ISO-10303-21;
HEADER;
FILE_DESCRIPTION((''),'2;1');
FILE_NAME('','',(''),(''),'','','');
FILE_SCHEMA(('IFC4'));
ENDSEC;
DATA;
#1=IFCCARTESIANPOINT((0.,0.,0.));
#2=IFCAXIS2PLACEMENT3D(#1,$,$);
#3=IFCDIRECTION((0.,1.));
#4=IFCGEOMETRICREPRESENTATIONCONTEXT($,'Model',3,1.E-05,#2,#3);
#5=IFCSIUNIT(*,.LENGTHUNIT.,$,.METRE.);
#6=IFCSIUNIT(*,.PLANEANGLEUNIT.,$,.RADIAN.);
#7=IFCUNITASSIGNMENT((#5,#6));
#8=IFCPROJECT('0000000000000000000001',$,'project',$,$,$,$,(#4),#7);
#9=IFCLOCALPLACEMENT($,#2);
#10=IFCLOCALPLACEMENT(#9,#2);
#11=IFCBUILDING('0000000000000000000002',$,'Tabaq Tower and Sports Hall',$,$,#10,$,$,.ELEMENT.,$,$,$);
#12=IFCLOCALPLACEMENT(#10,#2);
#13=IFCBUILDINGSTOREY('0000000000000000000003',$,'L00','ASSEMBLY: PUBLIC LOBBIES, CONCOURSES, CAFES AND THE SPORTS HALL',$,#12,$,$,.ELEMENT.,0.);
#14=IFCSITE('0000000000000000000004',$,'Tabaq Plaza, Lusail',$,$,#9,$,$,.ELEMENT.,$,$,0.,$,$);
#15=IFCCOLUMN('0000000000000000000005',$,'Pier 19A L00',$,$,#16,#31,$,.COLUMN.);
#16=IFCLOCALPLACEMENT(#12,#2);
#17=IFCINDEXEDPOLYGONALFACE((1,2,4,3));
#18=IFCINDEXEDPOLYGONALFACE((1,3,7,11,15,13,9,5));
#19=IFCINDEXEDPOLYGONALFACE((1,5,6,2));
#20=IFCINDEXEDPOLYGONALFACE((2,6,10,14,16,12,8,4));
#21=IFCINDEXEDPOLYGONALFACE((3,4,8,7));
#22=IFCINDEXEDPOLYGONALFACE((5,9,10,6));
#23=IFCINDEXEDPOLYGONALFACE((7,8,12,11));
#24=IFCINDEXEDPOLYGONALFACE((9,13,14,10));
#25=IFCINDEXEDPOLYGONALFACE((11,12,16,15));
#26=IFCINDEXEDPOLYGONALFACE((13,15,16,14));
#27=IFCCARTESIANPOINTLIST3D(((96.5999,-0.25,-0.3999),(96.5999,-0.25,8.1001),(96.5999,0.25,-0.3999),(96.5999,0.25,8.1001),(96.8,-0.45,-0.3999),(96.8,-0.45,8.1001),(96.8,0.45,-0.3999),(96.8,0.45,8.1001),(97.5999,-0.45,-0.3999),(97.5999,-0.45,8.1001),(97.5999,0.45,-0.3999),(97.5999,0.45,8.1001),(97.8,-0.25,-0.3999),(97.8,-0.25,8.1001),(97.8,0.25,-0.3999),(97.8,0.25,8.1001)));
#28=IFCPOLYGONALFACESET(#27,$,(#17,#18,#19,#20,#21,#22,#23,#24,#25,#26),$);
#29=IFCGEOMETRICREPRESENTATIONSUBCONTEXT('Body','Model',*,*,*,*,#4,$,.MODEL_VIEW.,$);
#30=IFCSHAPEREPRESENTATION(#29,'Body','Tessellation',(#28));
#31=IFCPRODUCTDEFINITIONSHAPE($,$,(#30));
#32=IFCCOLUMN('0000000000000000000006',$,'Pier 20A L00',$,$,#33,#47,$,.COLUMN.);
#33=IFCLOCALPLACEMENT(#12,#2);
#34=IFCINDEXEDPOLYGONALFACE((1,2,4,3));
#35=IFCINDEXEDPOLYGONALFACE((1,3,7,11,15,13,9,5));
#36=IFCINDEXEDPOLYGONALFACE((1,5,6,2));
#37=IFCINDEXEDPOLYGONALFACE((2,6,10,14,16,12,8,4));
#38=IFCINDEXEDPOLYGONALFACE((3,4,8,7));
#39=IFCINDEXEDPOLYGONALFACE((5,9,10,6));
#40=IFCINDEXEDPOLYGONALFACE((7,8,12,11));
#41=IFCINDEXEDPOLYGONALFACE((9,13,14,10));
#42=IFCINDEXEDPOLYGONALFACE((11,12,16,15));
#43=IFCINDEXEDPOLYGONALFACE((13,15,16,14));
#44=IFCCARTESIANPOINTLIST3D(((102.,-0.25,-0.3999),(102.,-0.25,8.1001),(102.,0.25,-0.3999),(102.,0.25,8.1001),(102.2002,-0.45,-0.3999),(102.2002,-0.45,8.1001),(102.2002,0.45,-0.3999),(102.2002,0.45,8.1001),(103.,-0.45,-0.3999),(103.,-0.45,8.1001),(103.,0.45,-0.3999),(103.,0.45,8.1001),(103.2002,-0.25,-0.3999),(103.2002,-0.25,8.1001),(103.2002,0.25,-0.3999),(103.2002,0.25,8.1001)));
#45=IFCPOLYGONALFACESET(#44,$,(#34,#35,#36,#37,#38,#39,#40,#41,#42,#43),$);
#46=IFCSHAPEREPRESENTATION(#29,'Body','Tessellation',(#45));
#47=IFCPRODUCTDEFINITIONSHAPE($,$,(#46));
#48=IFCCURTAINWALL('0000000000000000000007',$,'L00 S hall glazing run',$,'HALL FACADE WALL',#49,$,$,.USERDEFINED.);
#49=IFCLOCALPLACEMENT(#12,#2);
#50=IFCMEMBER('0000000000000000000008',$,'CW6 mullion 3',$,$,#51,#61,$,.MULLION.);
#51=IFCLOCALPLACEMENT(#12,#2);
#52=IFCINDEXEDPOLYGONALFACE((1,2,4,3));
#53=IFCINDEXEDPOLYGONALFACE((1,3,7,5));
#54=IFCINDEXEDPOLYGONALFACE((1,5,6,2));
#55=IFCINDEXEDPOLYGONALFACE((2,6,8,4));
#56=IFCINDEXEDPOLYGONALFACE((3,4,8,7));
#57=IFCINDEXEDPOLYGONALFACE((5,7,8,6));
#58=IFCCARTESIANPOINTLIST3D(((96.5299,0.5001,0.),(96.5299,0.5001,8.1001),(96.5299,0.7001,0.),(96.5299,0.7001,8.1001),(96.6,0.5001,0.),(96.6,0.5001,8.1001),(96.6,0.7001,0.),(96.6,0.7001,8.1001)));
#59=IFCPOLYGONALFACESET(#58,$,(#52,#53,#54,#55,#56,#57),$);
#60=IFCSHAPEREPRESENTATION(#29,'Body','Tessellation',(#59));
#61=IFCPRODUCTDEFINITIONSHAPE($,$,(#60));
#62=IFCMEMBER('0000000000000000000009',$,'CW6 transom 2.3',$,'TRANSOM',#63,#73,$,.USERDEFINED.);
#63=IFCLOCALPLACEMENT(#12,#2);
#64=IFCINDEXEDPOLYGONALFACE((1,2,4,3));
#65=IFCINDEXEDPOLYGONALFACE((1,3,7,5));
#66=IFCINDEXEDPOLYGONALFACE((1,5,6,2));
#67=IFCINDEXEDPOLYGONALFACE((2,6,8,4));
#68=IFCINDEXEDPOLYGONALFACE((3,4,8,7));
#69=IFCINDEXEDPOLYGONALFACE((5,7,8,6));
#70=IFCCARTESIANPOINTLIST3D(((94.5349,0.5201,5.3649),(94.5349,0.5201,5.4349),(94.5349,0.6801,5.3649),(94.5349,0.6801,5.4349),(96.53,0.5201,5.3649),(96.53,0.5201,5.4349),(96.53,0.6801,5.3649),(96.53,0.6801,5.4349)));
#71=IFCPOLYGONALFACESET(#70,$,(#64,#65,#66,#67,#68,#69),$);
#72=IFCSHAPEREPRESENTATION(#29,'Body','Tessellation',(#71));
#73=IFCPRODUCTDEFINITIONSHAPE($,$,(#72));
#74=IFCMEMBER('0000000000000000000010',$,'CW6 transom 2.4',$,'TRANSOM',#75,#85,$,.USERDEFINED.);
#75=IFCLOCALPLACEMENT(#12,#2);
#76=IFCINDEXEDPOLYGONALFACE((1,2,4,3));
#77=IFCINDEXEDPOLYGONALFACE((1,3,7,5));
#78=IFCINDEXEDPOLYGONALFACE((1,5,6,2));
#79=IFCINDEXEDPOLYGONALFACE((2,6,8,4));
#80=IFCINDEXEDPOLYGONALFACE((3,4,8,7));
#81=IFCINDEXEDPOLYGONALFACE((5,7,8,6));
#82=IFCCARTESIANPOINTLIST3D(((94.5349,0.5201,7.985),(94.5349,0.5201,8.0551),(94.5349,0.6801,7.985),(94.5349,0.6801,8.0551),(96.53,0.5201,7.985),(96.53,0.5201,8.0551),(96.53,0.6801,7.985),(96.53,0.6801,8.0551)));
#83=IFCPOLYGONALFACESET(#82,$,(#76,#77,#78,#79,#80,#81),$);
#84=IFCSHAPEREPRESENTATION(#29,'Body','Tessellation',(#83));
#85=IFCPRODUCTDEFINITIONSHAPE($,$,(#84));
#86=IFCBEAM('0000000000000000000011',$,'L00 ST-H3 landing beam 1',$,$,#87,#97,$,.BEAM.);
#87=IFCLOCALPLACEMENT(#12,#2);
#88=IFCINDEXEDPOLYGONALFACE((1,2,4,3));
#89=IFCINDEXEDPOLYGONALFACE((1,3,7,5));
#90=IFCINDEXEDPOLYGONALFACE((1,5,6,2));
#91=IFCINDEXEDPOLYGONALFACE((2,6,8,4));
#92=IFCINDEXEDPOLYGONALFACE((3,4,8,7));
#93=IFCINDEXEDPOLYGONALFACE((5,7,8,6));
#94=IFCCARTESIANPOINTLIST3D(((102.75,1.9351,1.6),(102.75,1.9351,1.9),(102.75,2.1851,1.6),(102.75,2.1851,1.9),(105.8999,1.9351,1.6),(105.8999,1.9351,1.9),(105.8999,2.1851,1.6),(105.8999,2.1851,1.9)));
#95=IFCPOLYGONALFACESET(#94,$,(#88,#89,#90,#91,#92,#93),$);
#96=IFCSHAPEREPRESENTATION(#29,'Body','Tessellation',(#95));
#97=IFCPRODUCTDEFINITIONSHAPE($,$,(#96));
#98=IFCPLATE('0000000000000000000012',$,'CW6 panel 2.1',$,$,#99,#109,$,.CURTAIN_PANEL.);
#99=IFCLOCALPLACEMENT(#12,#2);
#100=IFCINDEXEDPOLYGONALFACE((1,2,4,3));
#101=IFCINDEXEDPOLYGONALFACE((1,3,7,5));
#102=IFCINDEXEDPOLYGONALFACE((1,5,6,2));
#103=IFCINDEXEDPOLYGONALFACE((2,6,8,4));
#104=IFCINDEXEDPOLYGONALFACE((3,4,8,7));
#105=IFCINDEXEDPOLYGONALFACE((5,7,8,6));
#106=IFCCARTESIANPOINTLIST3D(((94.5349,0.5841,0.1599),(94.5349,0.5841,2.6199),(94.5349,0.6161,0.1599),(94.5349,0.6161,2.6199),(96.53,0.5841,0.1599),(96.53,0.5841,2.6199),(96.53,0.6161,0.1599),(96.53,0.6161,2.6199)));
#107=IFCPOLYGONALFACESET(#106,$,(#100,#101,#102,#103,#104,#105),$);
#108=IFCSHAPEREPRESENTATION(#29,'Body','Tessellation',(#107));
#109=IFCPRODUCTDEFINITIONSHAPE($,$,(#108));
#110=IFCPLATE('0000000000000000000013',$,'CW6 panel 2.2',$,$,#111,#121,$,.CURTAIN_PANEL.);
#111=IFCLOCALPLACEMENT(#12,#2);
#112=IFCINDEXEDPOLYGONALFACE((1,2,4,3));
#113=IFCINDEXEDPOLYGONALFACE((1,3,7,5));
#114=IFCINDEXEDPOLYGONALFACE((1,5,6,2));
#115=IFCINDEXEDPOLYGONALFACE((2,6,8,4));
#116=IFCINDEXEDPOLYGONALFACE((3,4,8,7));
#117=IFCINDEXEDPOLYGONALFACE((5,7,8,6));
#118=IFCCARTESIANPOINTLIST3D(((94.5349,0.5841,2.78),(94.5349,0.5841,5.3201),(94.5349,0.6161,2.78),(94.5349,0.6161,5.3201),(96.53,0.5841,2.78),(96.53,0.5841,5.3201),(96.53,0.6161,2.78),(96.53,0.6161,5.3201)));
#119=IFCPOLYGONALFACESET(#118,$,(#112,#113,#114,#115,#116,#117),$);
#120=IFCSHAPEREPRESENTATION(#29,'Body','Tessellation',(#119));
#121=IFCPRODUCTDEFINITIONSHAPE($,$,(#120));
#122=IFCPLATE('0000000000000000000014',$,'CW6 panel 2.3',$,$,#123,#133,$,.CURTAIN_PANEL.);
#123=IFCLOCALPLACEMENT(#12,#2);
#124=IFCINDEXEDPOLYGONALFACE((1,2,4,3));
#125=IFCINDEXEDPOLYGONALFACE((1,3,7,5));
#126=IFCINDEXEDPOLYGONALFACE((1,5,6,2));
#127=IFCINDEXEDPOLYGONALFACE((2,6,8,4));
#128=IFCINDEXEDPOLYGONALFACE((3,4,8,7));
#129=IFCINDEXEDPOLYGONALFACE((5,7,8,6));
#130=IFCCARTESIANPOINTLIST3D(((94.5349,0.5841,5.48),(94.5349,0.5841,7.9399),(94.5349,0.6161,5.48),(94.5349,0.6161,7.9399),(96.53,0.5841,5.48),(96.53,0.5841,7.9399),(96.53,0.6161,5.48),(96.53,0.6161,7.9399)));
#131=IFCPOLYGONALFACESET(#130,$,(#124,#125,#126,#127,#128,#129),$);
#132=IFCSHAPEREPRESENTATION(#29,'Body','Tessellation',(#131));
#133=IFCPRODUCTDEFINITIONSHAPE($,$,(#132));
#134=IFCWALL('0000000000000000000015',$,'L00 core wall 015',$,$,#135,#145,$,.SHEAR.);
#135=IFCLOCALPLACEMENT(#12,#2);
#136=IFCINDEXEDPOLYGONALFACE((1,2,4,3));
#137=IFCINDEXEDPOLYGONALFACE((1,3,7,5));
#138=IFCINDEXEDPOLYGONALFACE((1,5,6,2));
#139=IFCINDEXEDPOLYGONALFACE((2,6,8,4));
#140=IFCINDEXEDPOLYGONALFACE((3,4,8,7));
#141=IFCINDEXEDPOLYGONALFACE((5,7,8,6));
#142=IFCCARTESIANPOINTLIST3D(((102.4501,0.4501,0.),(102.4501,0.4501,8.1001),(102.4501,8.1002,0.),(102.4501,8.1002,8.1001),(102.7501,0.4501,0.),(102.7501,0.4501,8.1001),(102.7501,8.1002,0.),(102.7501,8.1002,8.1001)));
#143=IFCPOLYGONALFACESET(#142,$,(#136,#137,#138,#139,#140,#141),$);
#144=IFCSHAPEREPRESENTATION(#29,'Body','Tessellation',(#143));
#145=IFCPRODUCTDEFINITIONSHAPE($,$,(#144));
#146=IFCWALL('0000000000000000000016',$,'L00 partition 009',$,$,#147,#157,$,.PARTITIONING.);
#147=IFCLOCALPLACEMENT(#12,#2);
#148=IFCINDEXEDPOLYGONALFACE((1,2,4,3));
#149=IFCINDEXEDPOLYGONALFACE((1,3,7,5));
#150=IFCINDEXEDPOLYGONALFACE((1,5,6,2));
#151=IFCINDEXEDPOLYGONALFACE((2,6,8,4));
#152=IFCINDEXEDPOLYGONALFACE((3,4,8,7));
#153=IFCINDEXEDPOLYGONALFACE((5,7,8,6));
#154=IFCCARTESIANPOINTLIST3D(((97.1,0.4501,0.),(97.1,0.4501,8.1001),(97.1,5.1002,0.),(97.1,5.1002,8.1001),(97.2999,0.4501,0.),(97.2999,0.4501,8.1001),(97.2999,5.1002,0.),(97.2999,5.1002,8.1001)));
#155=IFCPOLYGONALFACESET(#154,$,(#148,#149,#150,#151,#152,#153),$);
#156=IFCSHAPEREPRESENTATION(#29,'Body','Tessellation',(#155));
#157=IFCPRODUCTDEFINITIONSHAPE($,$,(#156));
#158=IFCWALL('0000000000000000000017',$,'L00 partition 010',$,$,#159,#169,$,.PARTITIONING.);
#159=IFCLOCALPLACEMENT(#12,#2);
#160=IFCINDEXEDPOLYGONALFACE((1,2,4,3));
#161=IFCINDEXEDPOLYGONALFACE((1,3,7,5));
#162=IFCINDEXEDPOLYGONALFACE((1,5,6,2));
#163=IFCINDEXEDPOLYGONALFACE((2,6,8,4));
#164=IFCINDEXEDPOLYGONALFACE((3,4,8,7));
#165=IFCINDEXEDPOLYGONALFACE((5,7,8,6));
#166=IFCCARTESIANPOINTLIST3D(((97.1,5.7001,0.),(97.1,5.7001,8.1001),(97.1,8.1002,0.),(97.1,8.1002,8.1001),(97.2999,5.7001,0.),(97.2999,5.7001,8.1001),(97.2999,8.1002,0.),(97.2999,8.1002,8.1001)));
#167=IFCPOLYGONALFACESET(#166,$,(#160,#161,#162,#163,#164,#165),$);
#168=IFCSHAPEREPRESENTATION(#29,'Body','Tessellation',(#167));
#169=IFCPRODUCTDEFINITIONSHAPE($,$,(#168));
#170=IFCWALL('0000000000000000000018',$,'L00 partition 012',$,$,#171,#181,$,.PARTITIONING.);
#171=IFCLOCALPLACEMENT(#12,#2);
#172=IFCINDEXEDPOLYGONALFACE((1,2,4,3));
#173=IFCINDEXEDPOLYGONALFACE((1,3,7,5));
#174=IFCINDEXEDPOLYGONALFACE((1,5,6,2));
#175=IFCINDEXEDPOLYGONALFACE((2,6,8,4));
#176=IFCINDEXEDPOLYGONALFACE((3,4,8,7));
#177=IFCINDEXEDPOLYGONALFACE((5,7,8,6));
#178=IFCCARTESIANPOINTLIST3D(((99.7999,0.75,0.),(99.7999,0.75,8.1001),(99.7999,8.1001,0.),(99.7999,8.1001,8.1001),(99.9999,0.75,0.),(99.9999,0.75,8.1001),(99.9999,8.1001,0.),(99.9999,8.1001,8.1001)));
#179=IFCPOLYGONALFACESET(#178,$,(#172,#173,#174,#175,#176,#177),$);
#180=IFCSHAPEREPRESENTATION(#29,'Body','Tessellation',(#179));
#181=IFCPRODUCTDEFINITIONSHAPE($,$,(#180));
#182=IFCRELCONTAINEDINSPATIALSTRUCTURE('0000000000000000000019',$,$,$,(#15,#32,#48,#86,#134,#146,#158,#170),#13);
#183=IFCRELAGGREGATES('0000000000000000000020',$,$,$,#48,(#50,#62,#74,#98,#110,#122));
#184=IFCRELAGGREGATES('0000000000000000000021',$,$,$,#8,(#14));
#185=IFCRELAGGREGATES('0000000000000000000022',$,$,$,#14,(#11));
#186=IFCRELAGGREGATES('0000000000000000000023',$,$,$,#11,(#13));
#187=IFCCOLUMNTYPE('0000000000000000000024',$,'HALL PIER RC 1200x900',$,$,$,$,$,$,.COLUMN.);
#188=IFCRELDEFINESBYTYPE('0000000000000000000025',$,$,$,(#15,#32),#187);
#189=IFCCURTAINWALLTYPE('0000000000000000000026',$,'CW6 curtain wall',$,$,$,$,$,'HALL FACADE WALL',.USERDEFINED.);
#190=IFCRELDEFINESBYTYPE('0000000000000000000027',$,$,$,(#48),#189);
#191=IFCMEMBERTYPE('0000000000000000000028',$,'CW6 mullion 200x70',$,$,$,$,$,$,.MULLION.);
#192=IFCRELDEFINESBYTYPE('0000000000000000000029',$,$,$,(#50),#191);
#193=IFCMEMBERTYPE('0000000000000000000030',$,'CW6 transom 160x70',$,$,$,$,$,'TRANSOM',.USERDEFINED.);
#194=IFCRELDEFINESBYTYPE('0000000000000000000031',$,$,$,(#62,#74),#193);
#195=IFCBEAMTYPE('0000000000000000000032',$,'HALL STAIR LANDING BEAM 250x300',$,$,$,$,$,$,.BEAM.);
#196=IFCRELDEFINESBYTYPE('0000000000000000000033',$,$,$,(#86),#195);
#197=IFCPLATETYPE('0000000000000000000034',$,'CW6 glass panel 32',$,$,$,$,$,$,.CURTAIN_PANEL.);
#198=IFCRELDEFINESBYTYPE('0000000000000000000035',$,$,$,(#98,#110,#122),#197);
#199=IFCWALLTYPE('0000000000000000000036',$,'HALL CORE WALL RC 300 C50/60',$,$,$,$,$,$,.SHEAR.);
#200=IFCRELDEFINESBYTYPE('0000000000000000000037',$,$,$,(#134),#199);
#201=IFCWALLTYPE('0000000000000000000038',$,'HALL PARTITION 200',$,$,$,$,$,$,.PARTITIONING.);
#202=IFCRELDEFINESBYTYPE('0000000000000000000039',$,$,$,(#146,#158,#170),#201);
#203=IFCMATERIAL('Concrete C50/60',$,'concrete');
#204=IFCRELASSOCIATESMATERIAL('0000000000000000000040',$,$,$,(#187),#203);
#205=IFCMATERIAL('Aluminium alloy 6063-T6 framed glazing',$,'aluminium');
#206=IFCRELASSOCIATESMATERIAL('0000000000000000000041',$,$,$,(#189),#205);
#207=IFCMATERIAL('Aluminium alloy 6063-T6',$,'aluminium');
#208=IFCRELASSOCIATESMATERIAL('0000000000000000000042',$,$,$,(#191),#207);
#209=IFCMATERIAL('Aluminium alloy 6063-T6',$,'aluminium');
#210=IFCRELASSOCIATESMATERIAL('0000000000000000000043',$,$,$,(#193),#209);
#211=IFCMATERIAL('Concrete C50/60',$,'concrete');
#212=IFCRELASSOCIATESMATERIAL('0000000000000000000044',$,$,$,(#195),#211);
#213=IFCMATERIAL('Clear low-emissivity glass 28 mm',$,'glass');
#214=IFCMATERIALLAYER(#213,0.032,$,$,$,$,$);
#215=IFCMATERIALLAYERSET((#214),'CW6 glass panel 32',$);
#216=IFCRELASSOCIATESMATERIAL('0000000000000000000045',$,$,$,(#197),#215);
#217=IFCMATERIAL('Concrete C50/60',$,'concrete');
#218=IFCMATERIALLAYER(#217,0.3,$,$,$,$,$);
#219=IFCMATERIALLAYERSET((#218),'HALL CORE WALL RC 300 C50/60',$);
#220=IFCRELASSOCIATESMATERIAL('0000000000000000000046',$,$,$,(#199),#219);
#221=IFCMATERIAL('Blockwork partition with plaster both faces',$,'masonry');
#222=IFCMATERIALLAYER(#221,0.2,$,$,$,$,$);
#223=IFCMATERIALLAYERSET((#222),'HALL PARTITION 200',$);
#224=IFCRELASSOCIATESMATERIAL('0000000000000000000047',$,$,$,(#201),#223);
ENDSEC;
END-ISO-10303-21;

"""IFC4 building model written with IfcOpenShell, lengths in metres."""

from ifc_helpers import new_model, si_unit, direction, frame, frame_2d, origin, origin_2d, place, context, subcontext, project, spatial, polyline, rectangle, outline, extrude, material, layer, layer_set, material_profile, profile_set, type_object, element, aggregate, save


model = new_model("IFC4")

# Units and contexts
model_context = context("Model", 3, precision=1e-05, world=origin(), true_north=direction((0.0, 1.0)))
body_context = subcontext(model_context, "Body", "Model", "MODEL_VIEW")
ifc_project = project(units=[si_unit("LENGTHUNIT", "METRE"), si_unit("PLANEANGLEUNIT", "RADIAN")], contexts=[model_context])

# Site, building, storey
site_placement = place(None, origin())
site = spatial("IfcSite", under=ifc_project, at=site_placement, Name="Tabaq Plaza, Lusail", CompositionType="ELEMENT", RefElevation=0.0)
building_placement = place(site_placement, origin())
building = spatial("IfcBuilding", under=site, at=building_placement, Name="Tabaq Tower and Sports Hall", CompositionType="ELEMENT")
storey_placement = place(building_placement, origin())
storey = spatial("IfcBuildingStorey", under=building, at=storey_placement, Name="L00", Description="ASSEMBLY: PUBLIC LOBBIES, CONCOURSES, CAFES AND THE SPORTS HALL", CompositionType="ELEMENT", Elevation=0.0)

# Columns
ifc_material_1 = material(Name="Concrete C50/60", Category="concrete")
ifc_material_profile_1 = material_profile(ifc_material_1, outline(polyline([(-0.3999, -0.45), (0.3999, -0.45), (0.6001, -0.25), (0.6001, 0.25), (0.3999, 0.45), (-0.3999, 0.45), (-0.6001, 0.25), (-0.6001, -0.25), (-0.3999, -0.45)])), Name="PIER 1200x900")
ifc_profile_set_1 = profile_set([ifc_material_profile_1], Name="Concrete C50/60")
column_type_1 = type_object("IfcColumnType", Name="HALL PIER RC 1200x900", PredefinedType="COLUMN", material=ifc_profile_set_1)
for number, where, z_axis, x_axis, name in (
    (1, (97.2, 0.0, -0.3999), (0.0, 0.0, 1.0), (1.0, 0.0, 0.0), "Pier 19A L00"),
    (2, (102.6001, 0.0, -0.3999), (0.0, 0.0, 1.0), (1.0, 0.0, 0.0), "Pier 20A L00"),
):
    element("IfcColumn", number, at=place(storey_placement, frame(where, z_axis=z_axis, x_axis=x_axis)), inside=storey, type_object=column_type_1, Name=name, PredefinedType="COLUMN", context=body_context, shape_type="SweptSolid", body=[
        extrude(outline(polyline([(-0.3999, -0.45), (0.3999, -0.45), (0.6001, -0.25), (0.6001, 0.25), (0.3999, 0.45), (-0.3999, 0.45), (-0.6001, 0.25), (-0.6001, -0.25), (-0.3999, -0.45)])), origin(), (0.0, 0.0, 1.0), 8.5),
    ])

# Curtain wall, members
ifc_material_2 = material(Name="Aluminium alloy 6063-T6 framed glazing", Category="aluminium")
curtain_wall_type = type_object("IfcCurtainWallType", Name="CW6 curtain wall", ElementType="HALL FACADE WALL", PredefinedType="USERDEFINED", material=ifc_material_2)
curtain_wall_placement = place(storey_placement, origin())
curtain_wall = element("IfcCurtainWall", 3, at=curtain_wall_placement, inside=storey, type_object=curtain_wall_type, Name="L00 S hall glazing run", ObjectType="HALL FACADE WALL", PredefinedType="USERDEFINED")
ifc_material_3 = material(Name="Aluminium alloy 6063-T6", Category="aluminium")
ifc_material_profile_2 = material_profile(ifc_material_3, rectangle(XDim=0.2, YDim=0.0701, at=origin_2d()), Name="MULLION 200x70")
ifc_profile_set_2 = profile_set([ifc_material_profile_2], Name="Aluminium alloy 6063-T6")
member_type_1 = type_object("IfcMemberType", Name="CW6 mullion 200x70", PredefinedType="MULLION", material=ifc_profile_set_2)
member_1_placement = place(storey_placement, frame((96.5649, 0.6001, 0.0), z_axis=(0.0, 0.0, 1.0), x_axis=(0.0, 1.0, 0.0)))
member_1 = element("IfcMember", 4, at=member_1_placement, type_object=member_type_1, Name="CW6 mullion 3", PredefinedType="MULLION", context=body_context, shape_type="SweptSolid", body=[
    extrude(rectangle(XDim=0.2, YDim=0.0701, at=origin_2d()), origin(), (0.0, 0.0, 1.0), 8.1001),
])
ifc_material_4 = material(Name="Aluminium alloy 6063-T6", Category="aluminium")
ifc_material_profile_3 = material_profile(ifc_material_4, rectangle(XDim=0.1599, YDim=0.0701, at=origin_2d()), Name="TRANSOM 160x70")
ifc_profile_set_3 = profile_set([ifc_material_profile_3], Name="Aluminium alloy 6063-T6")
member_type_2 = type_object("IfcMemberType", Name="CW6 transom 160x70", ElementType="TRANSOM", PredefinedType="USERDEFINED", material=ifc_profile_set_3)
member_2_placement = place(storey_placement, frame((94.5349, 0.6001, 5.3999), z_axis=(1.0, 0.0, 0.0), x_axis=(0.0, 1.0, 0.0)))
member_2 = element("IfcMember", 5, at=member_2_placement, type_object=member_type_2, Name="CW6 transom 2.3", ObjectType="TRANSOM", PredefinedType="USERDEFINED", context=body_context, shape_type="SweptSolid", body=[
    extrude(rectangle(XDim=0.1599, YDim=0.0701, at=origin_2d()), origin(), (0.0, 0.0, 1.0), 1.9951),
])
member_3_placement = place(storey_placement, frame((94.5349, 0.6001, 8.02), z_axis=(1.0, 0.0, 0.0), x_axis=(0.0, 1.0, 0.0)))
member_3 = element("IfcMember", 6, at=member_3_placement, type_object=member_type_2, Name="CW6 transom 2.4", ObjectType="TRANSOM", PredefinedType="USERDEFINED", context=body_context, shape_type="SweptSolid", body=[
    extrude(rectangle(XDim=0.1599, YDim=0.0701, at=origin_2d()), origin(), (0.0, 0.0, 1.0), 1.9951),
])

# Beam
ifc_material_5 = material(Name="Concrete C50/60", Category="concrete")
ifc_material_profile_4 = material_profile(ifc_material_5, rectangle(XDim=0.25, YDim=0.3, at=origin_2d()), Name="RC 250x300")
ifc_profile_set_4 = profile_set([ifc_material_profile_4], Name="Concrete C50/60")
beam_type = type_object("IfcBeamType", Name="HALL STAIR LANDING BEAM 250x300", PredefinedType="BEAM", material=ifc_profile_set_4)
beam_placement = place(storey_placement, frame((102.75, 2.0601, 1.75), z_axis=(1.0, 0.0, 0.0), x_axis=(0.0, 1.0, 0.0)))
element("IfcBeam", 7, at=beam_placement, inside=storey, type_object=beam_type, Name="L00 ST-H3 landing beam 1", PredefinedType="BEAM", context=body_context, shape_type="SweptSolid", body=[
    extrude(rectangle(XDim=0.25, YDim=0.3, at=origin_2d()), origin(), (0.0, 0.0, 1.0), 3.1499),
])

# Plates
ifc_material_6 = material(Name="Clear low-emissivity glass 28 mm", Category="glass")
ifc_layer_1 = layer(ifc_material_6, 0.032)
ifc_layer_set_1 = layer_set([ifc_layer_1], Name="CW6 glass panel 32")
plate_type = type_object("IfcPlateType", Name="CW6 glass panel 32", PredefinedType="CURTAIN_PANEL", material=ifc_layer_set_1)
plate_1_placement = place(storey_placement, frame((95.5325, 0.6001, 0.1599), z_axis=(0.0, 0.0, 1.0), x_axis=(1.0, 0.0, 0.0)))
plate_1 = element("IfcPlate", 8, at=plate_1_placement, type_object=plate_type, Name="CW6 panel 2.1", PredefinedType="CURTAIN_PANEL", context=body_context, shape_type="SweptSolid", body=[
    extrude(rectangle(XDim=1.9951, YDim=0.032, at=origin_2d()), origin(), (0.0, 0.0, 1.0), 2.46),
])
plate_2_placement = place(storey_placement, frame((95.5325, 0.6001, 2.78), z_axis=(0.0, 0.0, 1.0), x_axis=(1.0, 0.0, 0.0)))
plate_2 = element("IfcPlate", 9, at=plate_2_placement, type_object=plate_type, Name="CW6 panel 2.2", PredefinedType="CURTAIN_PANEL", context=body_context, shape_type="SweptSolid", body=[
    extrude(rectangle(XDim=1.9951, YDim=0.032, at=origin_2d()), origin(), (0.0, 0.0, 1.0), 2.54),
])
plate_3_placement = place(storey_placement, frame((95.5325, 0.6001, 5.48), z_axis=(0.0, 0.0, 1.0), x_axis=(1.0, 0.0, 0.0)))
plate_3 = element("IfcPlate", 10, at=plate_3_placement, type_object=plate_type, Name="CW6 panel 2.3", PredefinedType="CURTAIN_PANEL", context=body_context, shape_type="SweptSolid", body=[
    extrude(rectangle(XDim=1.9951, YDim=0.032, at=origin_2d()), origin(), (0.0, 0.0, 1.0), 2.46),
])
aggregate(curtain_wall, [member_1, member_2, member_3, plate_1, plate_2, plate_3])

# Walls
ifc_material_7 = material(Name="Concrete C50/60", Category="concrete")
ifc_layer_2 = layer(ifc_material_7, 0.3)
ifc_layer_set_2 = layer_set([ifc_layer_2], Name="HALL CORE WALL RC 300 C50/60")
wall_type_1 = type_object("IfcWallType", Name="HALL CORE WALL RC 300 C50/60", PredefinedType="SHEAR", material=ifc_layer_set_2)
wall_1_placement = place(storey_placement, frame((102.6001, 0.45, 0.0), z_axis=(0.0, 0.0, 1.0), x_axis=(0.0, 1.0, 0.0)))
element("IfcWall", 11, at=wall_1_placement, inside=storey, type_object=wall_type_1, Name="L00 core wall 015", PredefinedType="SHEAR", context=body_context, shape_type="SweptSolid", body=[
    extrude(rectangle(XDim=7.6501, YDim=0.3, at=frame_2d((3.8252, 0.0))), origin(), (0.0, 0.0, 1.0), 8.1001),
])
ifc_material_8 = material(Name="Blockwork partition with plaster both faces", Category="masonry")
ifc_layer_3 = layer(ifc_material_8, 0.2)
ifc_layer_set_3 = layer_set([ifc_layer_3], Name="HALL PARTITION 200")
wall_type_2 = type_object("IfcWallType", Name="HALL PARTITION 200", PredefinedType="PARTITIONING", material=ifc_layer_set_3)
wall_2_placement = place(storey_placement, frame((97.2, 0.45, 0.0), z_axis=(0.0, 0.0, 1.0), x_axis=(0.0, 1.0, 0.0)))
element("IfcWall", 12, at=wall_2_placement, inside=storey, type_object=wall_type_2, Name="L00 partition 009", PredefinedType="PARTITIONING", context=body_context, shape_type="SweptSolid", body=[
    extrude(rectangle(XDim=4.6501, YDim=0.2, at=frame_2d((2.3252, 0.0))), origin(), (0.0, 0.0, 1.0), 8.1001),
])
wall_3_placement = place(storey_placement, frame((97.2, 5.7, 0.0), z_axis=(0.0, 0.0, 1.0), x_axis=(0.0, 1.0, 0.0)))
element("IfcWall", 13, at=wall_3_placement, inside=storey, type_object=wall_type_2, Name="L00 partition 010", PredefinedType="PARTITIONING", context=body_context, shape_type="SweptSolid", body=[
    extrude(rectangle(XDim=2.4001, YDim=0.2, at=frame_2d((1.2002, 0.0))), origin(), (0.0, 0.0, 1.0), 8.1001),
])
wall_4_placement = place(storey_placement, frame((99.8999, 0.75, 0.0), z_axis=(0.0, 0.0, 1.0), x_axis=(0.0, 1.0, 0.0)))
element("IfcWall", 14, at=wall_4_placement, inside=storey, type_object=wall_type_2, Name="L00 partition 012", PredefinedType="PARTITIONING", context=body_context, shape_type="SweptSolid", body=[
    extrude(rectangle(XDim=7.3501, YDim=0.2, at=frame_2d((3.675, 0.0))), origin(), (0.0, 0.0, 1.0), 8.1001),
])

save(model, "model.ifc")
